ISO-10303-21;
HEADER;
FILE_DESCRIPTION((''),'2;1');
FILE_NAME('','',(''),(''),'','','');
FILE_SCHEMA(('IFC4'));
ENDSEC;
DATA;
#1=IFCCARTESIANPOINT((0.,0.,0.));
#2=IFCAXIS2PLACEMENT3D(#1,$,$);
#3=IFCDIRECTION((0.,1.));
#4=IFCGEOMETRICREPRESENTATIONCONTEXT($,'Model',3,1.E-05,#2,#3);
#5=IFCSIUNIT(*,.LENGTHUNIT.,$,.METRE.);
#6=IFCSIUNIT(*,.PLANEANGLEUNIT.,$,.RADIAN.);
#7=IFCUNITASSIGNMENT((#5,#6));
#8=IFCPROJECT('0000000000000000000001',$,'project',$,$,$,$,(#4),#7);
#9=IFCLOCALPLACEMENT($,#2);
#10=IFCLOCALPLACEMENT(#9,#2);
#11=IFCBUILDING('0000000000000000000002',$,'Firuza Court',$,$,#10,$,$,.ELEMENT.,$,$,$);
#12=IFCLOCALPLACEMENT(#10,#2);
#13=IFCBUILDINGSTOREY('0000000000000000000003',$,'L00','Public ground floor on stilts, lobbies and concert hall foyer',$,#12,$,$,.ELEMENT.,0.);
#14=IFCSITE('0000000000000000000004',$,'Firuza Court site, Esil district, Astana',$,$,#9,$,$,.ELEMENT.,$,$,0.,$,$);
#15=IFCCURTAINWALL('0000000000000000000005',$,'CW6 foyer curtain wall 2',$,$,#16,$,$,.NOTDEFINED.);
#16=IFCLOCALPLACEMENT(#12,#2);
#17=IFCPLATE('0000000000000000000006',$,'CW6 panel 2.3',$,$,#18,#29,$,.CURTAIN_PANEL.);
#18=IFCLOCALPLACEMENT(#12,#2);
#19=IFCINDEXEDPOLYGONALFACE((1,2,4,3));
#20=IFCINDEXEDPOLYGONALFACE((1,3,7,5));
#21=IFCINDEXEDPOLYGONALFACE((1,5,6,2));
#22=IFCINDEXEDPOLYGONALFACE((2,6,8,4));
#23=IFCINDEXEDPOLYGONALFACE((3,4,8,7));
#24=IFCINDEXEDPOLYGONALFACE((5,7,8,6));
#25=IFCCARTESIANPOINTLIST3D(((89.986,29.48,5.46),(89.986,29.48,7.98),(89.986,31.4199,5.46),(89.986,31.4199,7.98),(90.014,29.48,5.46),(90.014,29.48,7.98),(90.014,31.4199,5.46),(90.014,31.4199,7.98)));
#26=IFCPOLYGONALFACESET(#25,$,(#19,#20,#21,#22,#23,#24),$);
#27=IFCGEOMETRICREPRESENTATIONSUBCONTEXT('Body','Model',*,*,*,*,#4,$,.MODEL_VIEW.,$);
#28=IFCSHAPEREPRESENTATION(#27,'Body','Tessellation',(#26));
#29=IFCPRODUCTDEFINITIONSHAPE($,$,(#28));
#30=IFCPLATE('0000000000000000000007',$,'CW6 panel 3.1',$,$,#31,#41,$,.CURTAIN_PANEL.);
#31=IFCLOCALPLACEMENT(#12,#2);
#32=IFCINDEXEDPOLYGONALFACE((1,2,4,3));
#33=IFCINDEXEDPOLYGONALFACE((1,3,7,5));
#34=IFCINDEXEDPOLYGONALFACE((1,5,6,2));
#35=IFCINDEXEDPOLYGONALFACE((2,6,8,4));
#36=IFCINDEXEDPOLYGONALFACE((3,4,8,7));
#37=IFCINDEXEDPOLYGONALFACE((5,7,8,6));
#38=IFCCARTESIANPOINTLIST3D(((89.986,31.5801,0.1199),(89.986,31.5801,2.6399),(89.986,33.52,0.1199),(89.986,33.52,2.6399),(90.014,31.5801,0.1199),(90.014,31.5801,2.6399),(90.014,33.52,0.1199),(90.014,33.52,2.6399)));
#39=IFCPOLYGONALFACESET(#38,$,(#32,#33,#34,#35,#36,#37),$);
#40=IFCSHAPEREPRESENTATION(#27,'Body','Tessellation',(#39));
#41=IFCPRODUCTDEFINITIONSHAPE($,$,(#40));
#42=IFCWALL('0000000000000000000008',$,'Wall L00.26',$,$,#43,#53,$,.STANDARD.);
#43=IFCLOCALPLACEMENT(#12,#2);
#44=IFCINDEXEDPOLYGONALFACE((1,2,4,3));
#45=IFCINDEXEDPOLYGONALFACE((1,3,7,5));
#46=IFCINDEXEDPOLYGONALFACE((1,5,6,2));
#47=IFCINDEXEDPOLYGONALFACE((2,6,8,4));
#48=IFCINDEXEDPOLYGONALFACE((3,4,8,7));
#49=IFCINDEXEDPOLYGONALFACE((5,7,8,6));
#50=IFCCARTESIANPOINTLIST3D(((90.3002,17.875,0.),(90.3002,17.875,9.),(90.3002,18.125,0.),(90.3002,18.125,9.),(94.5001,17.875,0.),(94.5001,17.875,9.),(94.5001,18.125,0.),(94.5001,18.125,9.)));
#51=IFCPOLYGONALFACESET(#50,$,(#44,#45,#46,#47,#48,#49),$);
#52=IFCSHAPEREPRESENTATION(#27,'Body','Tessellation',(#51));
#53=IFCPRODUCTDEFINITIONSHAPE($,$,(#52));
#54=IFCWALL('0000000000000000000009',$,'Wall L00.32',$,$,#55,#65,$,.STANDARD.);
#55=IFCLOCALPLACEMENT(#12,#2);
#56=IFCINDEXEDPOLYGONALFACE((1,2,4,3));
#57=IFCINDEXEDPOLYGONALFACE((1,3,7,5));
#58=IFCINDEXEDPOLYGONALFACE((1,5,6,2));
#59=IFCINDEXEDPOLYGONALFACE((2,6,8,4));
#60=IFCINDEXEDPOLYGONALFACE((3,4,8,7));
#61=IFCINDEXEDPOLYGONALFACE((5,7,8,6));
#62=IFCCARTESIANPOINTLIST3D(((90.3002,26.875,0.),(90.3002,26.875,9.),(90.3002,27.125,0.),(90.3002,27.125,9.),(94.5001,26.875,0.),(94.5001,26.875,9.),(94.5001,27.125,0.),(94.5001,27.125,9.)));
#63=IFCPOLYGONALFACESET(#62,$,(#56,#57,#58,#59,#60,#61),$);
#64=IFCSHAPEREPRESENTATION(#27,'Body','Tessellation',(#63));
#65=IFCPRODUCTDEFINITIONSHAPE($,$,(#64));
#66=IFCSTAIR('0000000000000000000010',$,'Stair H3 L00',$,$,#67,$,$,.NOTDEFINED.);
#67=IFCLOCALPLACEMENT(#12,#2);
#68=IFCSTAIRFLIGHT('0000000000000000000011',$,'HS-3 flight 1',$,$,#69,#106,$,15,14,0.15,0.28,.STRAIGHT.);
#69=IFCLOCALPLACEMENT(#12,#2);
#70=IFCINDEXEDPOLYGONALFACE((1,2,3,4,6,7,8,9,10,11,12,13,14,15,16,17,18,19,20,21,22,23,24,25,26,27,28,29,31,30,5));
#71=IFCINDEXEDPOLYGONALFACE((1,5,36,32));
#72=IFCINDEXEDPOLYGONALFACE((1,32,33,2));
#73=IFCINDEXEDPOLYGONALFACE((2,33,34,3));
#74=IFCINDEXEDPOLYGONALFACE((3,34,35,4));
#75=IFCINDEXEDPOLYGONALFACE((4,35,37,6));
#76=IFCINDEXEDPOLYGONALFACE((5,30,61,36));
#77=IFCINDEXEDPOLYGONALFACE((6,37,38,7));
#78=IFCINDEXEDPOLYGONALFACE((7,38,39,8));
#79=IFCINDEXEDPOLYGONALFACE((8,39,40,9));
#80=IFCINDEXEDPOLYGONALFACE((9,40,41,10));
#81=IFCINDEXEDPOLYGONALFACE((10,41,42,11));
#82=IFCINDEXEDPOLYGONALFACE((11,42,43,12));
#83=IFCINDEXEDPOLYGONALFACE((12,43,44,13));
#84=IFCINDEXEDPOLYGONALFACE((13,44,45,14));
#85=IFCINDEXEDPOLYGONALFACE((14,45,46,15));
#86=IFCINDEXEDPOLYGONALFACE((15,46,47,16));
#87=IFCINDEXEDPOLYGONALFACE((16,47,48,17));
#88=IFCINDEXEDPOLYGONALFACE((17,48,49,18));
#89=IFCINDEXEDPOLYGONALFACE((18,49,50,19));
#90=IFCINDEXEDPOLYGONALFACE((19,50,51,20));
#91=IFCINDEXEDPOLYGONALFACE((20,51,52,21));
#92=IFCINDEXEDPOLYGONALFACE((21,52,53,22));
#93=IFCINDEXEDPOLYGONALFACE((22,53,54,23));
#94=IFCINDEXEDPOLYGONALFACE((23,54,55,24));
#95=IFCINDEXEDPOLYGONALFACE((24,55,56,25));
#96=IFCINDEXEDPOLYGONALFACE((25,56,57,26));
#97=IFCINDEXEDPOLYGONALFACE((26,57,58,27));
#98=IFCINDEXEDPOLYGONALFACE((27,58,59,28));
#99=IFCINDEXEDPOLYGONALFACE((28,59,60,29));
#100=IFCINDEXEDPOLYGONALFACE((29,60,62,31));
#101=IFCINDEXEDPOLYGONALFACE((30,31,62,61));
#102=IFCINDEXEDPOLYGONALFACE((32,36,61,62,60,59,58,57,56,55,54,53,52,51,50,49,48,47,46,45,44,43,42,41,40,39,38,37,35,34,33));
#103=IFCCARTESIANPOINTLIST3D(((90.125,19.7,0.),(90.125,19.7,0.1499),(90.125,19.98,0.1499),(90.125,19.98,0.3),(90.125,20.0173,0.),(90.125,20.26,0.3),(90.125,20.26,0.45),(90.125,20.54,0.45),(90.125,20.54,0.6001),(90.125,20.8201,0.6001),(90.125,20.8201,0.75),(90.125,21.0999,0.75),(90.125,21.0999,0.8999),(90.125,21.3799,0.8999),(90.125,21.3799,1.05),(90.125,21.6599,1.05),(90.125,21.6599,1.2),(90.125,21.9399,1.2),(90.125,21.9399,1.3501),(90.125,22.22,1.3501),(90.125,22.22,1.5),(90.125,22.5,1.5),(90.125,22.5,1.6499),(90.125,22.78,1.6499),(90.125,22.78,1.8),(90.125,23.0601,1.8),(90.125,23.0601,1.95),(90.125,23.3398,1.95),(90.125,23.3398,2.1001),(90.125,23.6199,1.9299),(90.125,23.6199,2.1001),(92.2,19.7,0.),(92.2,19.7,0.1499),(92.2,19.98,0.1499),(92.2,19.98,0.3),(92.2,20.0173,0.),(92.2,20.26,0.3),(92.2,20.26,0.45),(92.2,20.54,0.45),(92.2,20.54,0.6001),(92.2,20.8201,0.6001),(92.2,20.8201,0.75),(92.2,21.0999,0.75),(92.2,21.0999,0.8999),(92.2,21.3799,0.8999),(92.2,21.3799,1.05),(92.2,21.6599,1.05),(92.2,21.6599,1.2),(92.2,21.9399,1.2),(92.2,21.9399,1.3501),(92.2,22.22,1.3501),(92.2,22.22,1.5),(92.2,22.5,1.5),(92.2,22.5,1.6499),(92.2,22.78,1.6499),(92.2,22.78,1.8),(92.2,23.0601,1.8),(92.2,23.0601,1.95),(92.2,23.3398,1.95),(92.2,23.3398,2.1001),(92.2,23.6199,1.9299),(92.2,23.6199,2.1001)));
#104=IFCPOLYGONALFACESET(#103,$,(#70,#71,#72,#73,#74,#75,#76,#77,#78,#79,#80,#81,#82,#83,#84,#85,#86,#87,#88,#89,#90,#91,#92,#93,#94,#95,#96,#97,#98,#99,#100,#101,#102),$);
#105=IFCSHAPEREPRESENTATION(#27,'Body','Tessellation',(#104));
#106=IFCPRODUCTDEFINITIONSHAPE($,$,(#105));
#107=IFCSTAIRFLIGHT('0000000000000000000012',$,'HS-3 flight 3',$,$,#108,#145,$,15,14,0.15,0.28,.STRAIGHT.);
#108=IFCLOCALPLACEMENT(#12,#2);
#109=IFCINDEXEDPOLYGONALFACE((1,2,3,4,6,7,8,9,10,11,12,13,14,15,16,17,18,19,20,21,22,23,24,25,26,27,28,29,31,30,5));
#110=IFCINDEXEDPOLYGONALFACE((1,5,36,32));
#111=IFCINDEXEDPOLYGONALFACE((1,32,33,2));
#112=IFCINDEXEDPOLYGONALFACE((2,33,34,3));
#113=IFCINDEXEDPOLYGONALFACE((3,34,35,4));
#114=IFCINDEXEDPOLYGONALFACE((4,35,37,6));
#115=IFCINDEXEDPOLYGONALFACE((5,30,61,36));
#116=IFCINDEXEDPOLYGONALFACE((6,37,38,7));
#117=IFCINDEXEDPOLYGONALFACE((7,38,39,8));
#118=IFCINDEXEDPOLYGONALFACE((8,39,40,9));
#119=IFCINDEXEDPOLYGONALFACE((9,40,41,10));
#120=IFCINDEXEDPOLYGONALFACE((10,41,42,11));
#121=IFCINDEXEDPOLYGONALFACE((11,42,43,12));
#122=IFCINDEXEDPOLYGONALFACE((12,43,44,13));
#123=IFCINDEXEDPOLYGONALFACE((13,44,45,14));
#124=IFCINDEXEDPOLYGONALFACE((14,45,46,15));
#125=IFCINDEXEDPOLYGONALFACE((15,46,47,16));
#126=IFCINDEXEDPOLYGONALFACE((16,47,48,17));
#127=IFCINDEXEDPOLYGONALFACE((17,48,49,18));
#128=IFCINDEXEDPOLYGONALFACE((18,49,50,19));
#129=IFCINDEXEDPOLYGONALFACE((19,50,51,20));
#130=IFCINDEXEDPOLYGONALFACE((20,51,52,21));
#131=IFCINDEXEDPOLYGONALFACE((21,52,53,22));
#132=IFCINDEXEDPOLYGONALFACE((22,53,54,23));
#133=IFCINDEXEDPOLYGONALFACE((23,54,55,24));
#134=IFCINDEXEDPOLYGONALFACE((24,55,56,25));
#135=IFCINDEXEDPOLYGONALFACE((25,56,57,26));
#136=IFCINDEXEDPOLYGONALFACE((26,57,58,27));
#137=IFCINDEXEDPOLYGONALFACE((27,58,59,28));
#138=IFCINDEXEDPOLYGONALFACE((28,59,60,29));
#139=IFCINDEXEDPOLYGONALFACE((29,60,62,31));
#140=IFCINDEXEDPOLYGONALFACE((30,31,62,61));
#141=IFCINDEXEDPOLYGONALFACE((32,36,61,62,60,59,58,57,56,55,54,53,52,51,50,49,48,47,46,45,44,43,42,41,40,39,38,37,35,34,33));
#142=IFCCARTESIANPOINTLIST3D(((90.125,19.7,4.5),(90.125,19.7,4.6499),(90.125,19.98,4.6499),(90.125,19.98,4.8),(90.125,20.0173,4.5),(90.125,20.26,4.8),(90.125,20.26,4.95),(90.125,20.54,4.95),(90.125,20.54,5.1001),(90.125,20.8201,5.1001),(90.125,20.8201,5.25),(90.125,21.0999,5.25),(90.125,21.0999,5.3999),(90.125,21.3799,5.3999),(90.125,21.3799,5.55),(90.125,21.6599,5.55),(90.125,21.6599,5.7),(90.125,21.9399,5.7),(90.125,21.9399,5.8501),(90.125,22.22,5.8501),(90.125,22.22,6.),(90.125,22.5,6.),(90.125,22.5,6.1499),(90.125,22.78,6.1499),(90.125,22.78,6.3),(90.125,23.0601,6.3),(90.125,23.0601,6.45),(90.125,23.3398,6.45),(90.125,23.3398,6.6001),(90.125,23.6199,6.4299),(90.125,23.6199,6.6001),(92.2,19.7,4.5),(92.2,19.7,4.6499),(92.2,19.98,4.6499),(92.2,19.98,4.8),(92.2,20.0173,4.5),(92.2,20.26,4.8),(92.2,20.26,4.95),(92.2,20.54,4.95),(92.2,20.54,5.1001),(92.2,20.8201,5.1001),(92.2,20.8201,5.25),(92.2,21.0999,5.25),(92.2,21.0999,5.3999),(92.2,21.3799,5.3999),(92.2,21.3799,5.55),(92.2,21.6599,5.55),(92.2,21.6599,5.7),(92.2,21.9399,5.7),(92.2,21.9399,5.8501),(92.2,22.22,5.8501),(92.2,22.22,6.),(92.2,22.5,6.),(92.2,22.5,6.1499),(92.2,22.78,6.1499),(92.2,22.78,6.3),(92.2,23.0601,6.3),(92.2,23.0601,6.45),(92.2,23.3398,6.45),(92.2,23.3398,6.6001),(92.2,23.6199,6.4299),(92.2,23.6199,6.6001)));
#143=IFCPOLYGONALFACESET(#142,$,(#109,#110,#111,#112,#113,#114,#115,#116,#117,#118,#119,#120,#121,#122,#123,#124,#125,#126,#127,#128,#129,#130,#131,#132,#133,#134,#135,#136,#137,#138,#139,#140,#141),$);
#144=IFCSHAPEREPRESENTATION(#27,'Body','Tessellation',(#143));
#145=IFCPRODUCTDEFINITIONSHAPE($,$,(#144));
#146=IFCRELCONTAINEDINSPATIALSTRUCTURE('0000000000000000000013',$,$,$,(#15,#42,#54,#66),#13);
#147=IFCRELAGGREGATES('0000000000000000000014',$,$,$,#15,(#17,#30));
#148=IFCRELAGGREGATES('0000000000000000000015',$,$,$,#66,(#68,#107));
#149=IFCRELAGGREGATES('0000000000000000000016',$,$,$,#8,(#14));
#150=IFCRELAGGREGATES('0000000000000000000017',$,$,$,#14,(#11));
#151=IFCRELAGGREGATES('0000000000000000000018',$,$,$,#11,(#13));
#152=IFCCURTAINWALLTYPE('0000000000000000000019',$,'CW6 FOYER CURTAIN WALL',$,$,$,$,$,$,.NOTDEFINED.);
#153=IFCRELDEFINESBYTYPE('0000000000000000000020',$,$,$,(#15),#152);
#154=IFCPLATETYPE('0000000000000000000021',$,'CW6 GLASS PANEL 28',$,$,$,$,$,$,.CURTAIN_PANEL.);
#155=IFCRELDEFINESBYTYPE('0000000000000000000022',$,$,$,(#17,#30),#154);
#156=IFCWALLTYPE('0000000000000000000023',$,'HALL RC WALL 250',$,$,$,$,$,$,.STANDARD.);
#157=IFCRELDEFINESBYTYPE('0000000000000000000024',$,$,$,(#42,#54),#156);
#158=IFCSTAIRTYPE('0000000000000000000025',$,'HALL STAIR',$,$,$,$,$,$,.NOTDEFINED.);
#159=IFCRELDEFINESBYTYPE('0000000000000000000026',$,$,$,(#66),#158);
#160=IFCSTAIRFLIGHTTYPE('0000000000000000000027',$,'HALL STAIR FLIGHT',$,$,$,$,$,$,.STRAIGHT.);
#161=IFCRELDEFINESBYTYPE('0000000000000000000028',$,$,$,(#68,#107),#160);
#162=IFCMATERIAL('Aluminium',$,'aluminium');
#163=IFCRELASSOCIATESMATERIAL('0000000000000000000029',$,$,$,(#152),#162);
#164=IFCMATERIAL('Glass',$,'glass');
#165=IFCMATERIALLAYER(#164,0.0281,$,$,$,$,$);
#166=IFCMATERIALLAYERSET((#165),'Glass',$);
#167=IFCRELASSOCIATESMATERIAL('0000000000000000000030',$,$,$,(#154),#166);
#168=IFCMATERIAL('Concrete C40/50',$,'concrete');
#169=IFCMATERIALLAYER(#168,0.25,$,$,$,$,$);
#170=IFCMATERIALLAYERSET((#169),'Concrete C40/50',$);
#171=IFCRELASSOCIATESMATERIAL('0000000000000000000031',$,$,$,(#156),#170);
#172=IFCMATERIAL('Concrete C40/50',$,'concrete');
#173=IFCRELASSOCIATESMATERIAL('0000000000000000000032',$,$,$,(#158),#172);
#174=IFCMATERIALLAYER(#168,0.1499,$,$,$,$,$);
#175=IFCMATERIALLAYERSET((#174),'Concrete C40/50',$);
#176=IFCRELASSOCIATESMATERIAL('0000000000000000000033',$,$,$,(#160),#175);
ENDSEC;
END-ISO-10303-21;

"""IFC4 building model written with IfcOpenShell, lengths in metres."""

from ifc_helpers import new_model, si_unit, direction, frame, frame_2d, origin, origin_2d, place, context, subcontext, project, spatial, polyline, rectangle, outline, extrude, material, layer, layer_set, type_object, element, aggregate, save


model = new_model("IFC4")

# Units and contexts
model_context = context("Model", 3, precision=1e-05, world=origin(), true_north=direction((0.0, 1.0)))
body_context = subcontext(model_context, "Body", "Model", "MODEL_VIEW")
ifc_project = project(units=[si_unit("LENGTHUNIT", "METRE"), si_unit("PLANEANGLEUNIT", "RADIAN")], contexts=[model_context])

# Site, building, storey
site_placement = place(None, origin())
site = spatial("IfcSite", under=ifc_project, at=site_placement, Name="Firuza Court site, Esil district, Astana", CompositionType="ELEMENT", RefElevation=0.0)
building_placement = place(site_placement, origin())
building = spatial("IfcBuilding", under=site, at=building_placement, Name="Firuza Court", CompositionType="ELEMENT")
storey_placement = place(building_placement, origin())
storey = spatial("IfcBuildingStorey", under=building, at=storey_placement, Name="L00", Description="Public ground floor on stilts, lobbies and concert hall foyer", CompositionType="ELEMENT", Elevation=0.0)

# Curtain wall
ifc_material_1 = material(Name="Aluminium", Category="aluminium")
curtain_wall_type = type_object("IfcCurtainWallType", Name="CW6 FOYER CURTAIN WALL", PredefinedType="NOTDEFINED", material=ifc_material_1)
curtain_wall_placement = place(storey_placement, origin())
curtain_wall = element("IfcCurtainWall", 1, at=curtain_wall_placement, inside=storey, type_object=curtain_wall_type, Name="CW6 foyer curtain wall 2", PredefinedType="NOTDEFINED")

# Plates
ifc_material_2 = material(Name="Glass", Category="glass")
ifc_layer_1 = layer(ifc_material_2, 0.0281)
ifc_layer_set_1 = layer_set([ifc_layer_1], Name="Glass")
plate_type = type_object("IfcPlateType", Name="CW6 GLASS PANEL 28", PredefinedType="CURTAIN_PANEL", material=ifc_layer_set_1)
plate_1_placement = place(storey_placement, frame((90.0, 30.45, 5.46), z_axis=(0.0, 0.0, 1.0), x_axis=(0.0, 1.0, 0.0)))
plate_1 = element("IfcPlate", 2, at=plate_1_placement, type_object=plate_type, Name="CW6 panel 2.3", PredefinedType="CURTAIN_PANEL", context=body_context, shape_type="SweptSolid", body=[
    extrude(rectangle(XDim=1.9399, YDim=0.0281, at=origin_2d()), origin(), (0.0, 0.0, 1.0), 2.52),
])
plate_2_placement = place(storey_placement, frame((90.0, 32.55, 0.1199), z_axis=(0.0, 0.0, 1.0), x_axis=(0.0, 1.0, 0.0)))
plate_2 = element("IfcPlate", 3, at=plate_2_placement, type_object=plate_type, Name="CW6 panel 3.1", PredefinedType="CURTAIN_PANEL", context=body_context, shape_type="SweptSolid", body=[
    extrude(rectangle(XDim=1.9399, YDim=0.0281, at=origin_2d()), origin(), (0.0, 0.0, 1.0), 2.52),
])
aggregate(curtain_wall, [plate_1, plate_2])

# Walls
ifc_material_3 = material(Name="Concrete C40/50", Category="concrete")
ifc_layer_2 = layer(ifc_material_3, 0.25)
ifc_layer_set_2 = layer_set([ifc_layer_2], Name="Concrete C40/50")
wall_type = type_object("IfcWallType", Name="HALL RC WALL 250", PredefinedType="STANDARD", material=ifc_layer_set_2)
for number, where, z_axis, x_axis, name in (
    (4, (90.3, 18.0, 0.0), (0.0, 0.0, 1.0), (1.0, 0.0, 0.0), "Wall L00.26"),
    (5, (90.3, 27.0, 0.0), (0.0, 0.0, 1.0), (1.0, 0.0, 0.0), "Wall L00.32"),
):
    element("IfcWall", number, at=place(storey_placement, frame(where, z_axis=z_axis, x_axis=x_axis)), inside=storey, type_object=wall_type, Name=name, PredefinedType="STANDARD", context=body_context, shape_type="SweptSolid", body=[
        extrude(rectangle(XDim=4.2, YDim=0.25, at=frame_2d((2.1001, 0.0))), origin(), (0.0, 0.0, 1.0), 9.0),
    ])

# Stair, stair flights
ifc_material_4 = material(Name="Concrete C40/50", Category="concrete")
stair_type = type_object("IfcStairType", Name="HALL STAIR", PredefinedType="NOTDEFINED", material=ifc_material_4)
stair_placement = place(storey_placement, origin())
stair = element("IfcStair", 6, at=stair_placement, inside=storey, type_object=stair_type, Name="Stair H3 L00", PredefinedType="NOTDEFINED")
ifc_layer_3 = layer(ifc_material_3, 0.1499)
ifc_layer_set_3 = layer_set([ifc_layer_3], Name="Concrete C40/50")
stair_flight_type = type_object("IfcStairFlightType", Name="HALL STAIR FLIGHT", PredefinedType="STRAIGHT", material=ifc_layer_set_3)
stair_flight_1_placement = place(storey_placement, frame((91.1626, 19.7, 0.0), z_axis=(0.0, 0.0, 1.0), x_axis=(0.0, 1.0, 0.0)))
stair_flight_1 = element("IfcStairFlight", 7, at=stair_flight_1_placement, type_object=stair_flight_type, Name="HS-3 flight 1", NumberOfRisers=15, NumberOfTreads=14, PredefinedType="STRAIGHT", RiserHeight=0.15, TreadLength=0.28, context=body_context, shape_type="SweptSolid", body=[
    extrude(outline(polyline([(0.0, 0.0), (0.0, 0.1499), (0.28, 0.1499), (0.28, 0.3), (0.5601, 0.3), (0.5601, 0.45), (0.8401, 0.45), (0.8401, 0.6001), (1.1201, 0.6001), (1.1201, 0.75), (1.3999, 0.75), (1.3999, 0.8999), (1.6799, 0.8999), (1.6799, 1.05), (1.96, 1.05), (1.96, 1.2), (2.24, 1.2), (2.24, 1.3501), (2.52, 1.3501), (2.52, 1.5), (2.8, 1.5), (2.8, 1.6499), (3.0801, 1.6499), (3.0801, 1.8), (3.3601, 1.8), (3.3601, 1.95), (3.6399, 1.95), (3.6399, 2.1001), (3.9199, 2.1001), (3.9199, 2.25), (3.9199, 1.9299), (0.3174, 0.0), (0.0, 0.0)])), frame((0.0, 1.0376, 0.0), z_axis=(0.0, -1.0, 0.0), x_axis=(1.0, 0.0, 0.0)), (0.0, 0.0, 1.0), 2.075),
])
stair_flight_2_placement = place(storey_placement, frame((91.1626, 19.7, 4.5), z_axis=(0.0, 0.0, 1.0), x_axis=(0.0, 1.0, 0.0)))
stair_flight_2 = element("IfcStairFlight", 8, at=stair_flight_2_placement, type_object=stair_flight_type, Name="HS-3 flight 3", NumberOfRisers=15, NumberOfTreads=14, PredefinedType="STRAIGHT", RiserHeight=0.15, TreadLength=0.28, context=body_context, shape_type="SweptSolid", body=[
    extrude(outline(polyline([(0.0, 0.0), (0.0, 0.1499), (0.28, 0.1499), (0.28, 0.3), (0.5601, 0.3), (0.5601, 0.45), (0.8401, 0.45), (0.8401, 0.6001), (1.1201, 0.6001), (1.1201, 0.75), (1.3999, 0.75), (1.3999, 0.8999), (1.6799, 0.8999), (1.6799, 1.05), (1.96, 1.05), (1.96, 1.2), (2.24, 1.2), (2.24, 1.3501), (2.52, 1.3501), (2.52, 1.5), (2.8, 1.5), (2.8, 1.6499), (3.0801, 1.6499), (3.0801, 1.8), (3.3601, 1.8), (3.3601, 1.95), (3.6399, 1.95), (3.6399, 2.1001), (3.9199, 2.1001), (3.9199, 2.25), (3.9199, 1.9299), (0.3174, 0.0), (0.0, 0.0)])), frame((0.0, 1.0376, 0.0), z_axis=(0.0, -1.0, 0.0), x_axis=(1.0, 0.0, 0.0)), (0.0, 0.0, 1.0), 2.075),
])
aggregate(stair, [stair_flight_1, stair_flight_2])

save(model, "model.ifc")
